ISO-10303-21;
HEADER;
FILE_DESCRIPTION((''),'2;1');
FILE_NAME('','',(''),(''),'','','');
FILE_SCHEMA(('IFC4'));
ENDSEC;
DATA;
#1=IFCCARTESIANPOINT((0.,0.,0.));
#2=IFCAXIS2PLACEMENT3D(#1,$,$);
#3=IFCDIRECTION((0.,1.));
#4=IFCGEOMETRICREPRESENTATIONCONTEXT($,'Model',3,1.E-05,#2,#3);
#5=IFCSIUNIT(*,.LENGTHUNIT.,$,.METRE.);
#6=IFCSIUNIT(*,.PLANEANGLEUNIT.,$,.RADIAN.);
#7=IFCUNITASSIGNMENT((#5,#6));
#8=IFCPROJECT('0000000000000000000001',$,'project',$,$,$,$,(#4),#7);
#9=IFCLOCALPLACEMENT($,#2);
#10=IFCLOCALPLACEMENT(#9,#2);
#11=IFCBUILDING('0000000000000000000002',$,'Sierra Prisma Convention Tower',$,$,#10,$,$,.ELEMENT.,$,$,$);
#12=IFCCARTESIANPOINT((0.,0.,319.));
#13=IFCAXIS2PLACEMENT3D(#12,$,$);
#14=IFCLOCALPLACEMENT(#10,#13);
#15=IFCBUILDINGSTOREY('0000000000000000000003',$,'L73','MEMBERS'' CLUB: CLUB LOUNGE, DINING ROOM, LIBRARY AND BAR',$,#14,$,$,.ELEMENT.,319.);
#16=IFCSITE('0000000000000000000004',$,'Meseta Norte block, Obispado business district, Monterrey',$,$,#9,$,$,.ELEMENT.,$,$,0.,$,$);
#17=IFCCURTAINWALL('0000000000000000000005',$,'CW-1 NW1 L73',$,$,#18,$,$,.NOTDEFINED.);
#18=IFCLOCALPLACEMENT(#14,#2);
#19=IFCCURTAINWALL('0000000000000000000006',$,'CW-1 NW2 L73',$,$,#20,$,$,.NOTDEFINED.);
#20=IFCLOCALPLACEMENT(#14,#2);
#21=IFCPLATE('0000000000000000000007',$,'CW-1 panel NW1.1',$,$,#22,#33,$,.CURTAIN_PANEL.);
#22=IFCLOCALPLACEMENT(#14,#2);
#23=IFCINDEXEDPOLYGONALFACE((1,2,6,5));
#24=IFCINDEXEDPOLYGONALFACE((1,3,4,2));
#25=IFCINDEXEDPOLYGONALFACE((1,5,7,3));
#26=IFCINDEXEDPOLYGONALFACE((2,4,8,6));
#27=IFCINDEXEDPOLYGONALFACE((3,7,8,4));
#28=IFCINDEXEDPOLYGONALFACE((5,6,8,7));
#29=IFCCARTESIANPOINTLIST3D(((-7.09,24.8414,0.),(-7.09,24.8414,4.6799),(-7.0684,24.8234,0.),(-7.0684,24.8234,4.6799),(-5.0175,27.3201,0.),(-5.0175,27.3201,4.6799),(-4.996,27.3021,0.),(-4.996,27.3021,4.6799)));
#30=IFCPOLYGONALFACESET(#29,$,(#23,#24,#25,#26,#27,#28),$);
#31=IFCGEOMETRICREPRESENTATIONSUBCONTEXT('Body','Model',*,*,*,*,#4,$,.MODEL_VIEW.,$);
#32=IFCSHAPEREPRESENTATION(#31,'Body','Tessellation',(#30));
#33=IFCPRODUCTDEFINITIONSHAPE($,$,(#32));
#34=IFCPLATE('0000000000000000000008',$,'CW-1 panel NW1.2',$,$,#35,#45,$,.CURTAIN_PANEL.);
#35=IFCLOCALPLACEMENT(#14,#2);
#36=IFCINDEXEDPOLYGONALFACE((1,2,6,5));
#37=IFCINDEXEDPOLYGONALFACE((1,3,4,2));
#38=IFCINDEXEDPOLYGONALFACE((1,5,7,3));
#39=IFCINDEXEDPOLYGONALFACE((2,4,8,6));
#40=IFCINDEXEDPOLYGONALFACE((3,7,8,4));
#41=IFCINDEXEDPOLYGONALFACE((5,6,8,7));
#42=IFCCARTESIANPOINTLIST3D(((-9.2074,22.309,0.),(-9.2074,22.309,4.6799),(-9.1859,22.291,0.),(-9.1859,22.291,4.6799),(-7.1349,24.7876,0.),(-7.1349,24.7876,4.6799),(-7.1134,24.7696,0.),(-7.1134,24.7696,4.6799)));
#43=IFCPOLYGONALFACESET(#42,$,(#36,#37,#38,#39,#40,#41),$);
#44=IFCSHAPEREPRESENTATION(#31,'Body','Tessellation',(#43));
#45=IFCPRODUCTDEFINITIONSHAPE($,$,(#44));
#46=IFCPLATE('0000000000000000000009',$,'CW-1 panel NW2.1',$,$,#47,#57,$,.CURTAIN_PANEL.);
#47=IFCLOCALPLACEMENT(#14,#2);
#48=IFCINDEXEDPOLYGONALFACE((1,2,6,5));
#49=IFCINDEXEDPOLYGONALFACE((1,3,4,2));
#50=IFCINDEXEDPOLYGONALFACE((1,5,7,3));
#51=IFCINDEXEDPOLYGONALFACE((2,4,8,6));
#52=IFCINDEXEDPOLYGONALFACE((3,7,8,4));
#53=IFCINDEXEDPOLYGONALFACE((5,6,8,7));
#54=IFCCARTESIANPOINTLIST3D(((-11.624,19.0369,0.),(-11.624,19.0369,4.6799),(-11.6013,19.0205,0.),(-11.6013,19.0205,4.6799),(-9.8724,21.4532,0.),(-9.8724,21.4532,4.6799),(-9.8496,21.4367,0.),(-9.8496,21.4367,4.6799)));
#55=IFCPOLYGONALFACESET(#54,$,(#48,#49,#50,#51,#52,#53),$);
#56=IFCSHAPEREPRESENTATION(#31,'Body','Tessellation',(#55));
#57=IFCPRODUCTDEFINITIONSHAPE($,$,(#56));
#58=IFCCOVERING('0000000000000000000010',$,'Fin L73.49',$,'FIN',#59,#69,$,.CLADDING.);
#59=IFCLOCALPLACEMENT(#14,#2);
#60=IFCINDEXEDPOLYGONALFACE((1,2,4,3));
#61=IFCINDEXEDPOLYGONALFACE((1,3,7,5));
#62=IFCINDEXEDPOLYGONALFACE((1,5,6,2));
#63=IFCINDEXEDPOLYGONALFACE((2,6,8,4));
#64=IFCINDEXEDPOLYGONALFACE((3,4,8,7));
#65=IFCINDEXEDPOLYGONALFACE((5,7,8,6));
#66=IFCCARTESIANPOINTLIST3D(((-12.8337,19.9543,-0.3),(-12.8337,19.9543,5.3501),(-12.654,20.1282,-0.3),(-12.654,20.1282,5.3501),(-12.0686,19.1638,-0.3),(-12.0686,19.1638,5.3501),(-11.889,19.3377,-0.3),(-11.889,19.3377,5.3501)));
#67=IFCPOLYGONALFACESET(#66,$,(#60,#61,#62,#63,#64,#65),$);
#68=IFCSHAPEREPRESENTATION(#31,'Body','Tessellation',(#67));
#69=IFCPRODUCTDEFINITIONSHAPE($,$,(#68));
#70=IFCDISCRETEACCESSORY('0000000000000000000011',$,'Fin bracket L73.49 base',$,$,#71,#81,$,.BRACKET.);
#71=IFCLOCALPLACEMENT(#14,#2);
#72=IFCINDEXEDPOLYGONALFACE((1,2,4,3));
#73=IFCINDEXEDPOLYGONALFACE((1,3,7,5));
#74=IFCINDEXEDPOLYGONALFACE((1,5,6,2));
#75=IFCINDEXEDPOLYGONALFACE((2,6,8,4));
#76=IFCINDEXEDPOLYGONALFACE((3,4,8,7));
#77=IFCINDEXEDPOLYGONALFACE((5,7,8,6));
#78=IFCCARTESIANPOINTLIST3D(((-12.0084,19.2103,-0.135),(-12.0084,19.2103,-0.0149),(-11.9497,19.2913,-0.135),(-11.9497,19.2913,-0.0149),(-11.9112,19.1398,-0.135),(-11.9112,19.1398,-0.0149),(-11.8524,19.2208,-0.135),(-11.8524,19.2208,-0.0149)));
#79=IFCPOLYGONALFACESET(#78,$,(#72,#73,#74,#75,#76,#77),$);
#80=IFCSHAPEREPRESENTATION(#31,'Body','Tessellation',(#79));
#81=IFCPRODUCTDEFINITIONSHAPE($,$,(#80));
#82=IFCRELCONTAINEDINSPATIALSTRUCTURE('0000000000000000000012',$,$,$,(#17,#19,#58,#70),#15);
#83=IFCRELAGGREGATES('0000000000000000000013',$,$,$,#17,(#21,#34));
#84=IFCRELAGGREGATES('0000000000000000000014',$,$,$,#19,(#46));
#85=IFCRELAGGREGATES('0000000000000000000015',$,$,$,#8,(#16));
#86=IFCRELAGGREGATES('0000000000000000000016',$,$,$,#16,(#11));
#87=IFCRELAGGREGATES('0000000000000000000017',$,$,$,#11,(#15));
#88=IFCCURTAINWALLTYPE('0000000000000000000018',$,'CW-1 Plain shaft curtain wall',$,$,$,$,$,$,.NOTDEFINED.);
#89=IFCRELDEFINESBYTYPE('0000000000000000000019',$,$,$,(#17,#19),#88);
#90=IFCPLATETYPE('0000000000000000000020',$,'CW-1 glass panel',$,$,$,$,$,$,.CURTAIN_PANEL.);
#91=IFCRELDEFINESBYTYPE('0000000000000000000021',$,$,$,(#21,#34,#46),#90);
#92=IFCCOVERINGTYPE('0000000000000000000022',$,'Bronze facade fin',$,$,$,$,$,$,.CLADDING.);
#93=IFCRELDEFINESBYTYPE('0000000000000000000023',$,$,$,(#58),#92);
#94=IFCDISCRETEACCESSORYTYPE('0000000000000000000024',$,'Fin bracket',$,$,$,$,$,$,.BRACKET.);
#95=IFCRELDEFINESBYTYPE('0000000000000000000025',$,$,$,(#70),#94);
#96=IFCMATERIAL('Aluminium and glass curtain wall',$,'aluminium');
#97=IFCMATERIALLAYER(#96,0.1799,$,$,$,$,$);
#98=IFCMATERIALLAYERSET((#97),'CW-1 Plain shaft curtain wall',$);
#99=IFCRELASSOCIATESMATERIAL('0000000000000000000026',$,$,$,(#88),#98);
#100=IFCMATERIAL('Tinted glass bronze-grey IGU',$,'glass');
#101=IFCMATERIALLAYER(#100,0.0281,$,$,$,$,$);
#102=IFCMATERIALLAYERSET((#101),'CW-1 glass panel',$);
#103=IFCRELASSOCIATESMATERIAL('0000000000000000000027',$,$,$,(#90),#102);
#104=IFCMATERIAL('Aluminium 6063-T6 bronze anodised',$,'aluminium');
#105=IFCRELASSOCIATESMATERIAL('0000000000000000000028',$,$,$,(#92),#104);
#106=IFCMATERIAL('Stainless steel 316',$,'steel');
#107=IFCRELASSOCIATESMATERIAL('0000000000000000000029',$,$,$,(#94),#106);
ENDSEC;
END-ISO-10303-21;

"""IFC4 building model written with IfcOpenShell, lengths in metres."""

from ifc_helpers import new_model, si_unit, direction, frame, origin, origin_2d, place, context, subcontext, project, spatial, rectangle, extrude, material, layer, layer_set, material_profile, profile_set, type_object, element, aggregate, save


model = new_model("IFC4")

# Units and contexts
model_context = context("Model", 3, precision=1e-05, world=origin(), true_north=direction((0.0, 1.0)))
body_context = subcontext(model_context, "Body", "Model", "MODEL_VIEW")
ifc_project = project(units=[si_unit("LENGTHUNIT", "METRE"), si_unit("PLANEANGLEUNIT", "RADIAN")], contexts=[model_context])

# Site, building, storey
site_placement = place(None, origin())
site = spatial("IfcSite", under=ifc_project, at=site_placement, Name="Meseta Norte block, Obispado business district, Monterrey", CompositionType="ELEMENT", RefElevation=0.0)
building_placement = place(site_placement, origin())
building = spatial("IfcBuilding", under=site, at=building_placement, Name="Sierra Prisma Convention Tower", CompositionType="ELEMENT")
storey_placement = place(building_placement, frame((0.0, 0.0, 319.0)))
storey = spatial("IfcBuildingStorey", under=building, at=storey_placement, Name="L73", Description="MEMBERS' CLUB: CLUB LOUNGE, DINING ROOM, LIBRARY AND BAR", CompositionType="ELEMENT", Elevation=319.0)

# Shared definitions
ifc_material_1 = material(Name="Aluminium and glass curtain wall", Category="aluminium")
ifc_layer_1 = layer(ifc_material_1, 0.1799)
ifc_layer_set_1 = layer_set([ifc_layer_1], Name="CW-1 Plain shaft curtain wall")
curtain_wall_type = type_object("IfcCurtainWallType", Name="CW-1 Plain shaft curtain wall", PredefinedType="NOTDEFINED", material=ifc_layer_set_1)

# Curtain walls
curtain_wall_1_placement = place(storey_placement, origin())
curtain_wall_1 = element("IfcCurtainWall", 1, at=curtain_wall_1_placement, inside=storey, type_object=curtain_wall_type, Name="CW-1 NW1 L73", PredefinedType="NOTDEFINED")
curtain_wall_2_placement = place(storey_placement, origin())
curtain_wall_2 = element("IfcCurtainWall", 2, at=curtain_wall_2_placement, inside=storey, type_object=curtain_wall_type, Name="CW-1 NW2 L73", PredefinedType="NOTDEFINED")

# Shared definitions
ifc_material_2 = material(Name="Tinted glass bronze-grey IGU", Category="glass")
ifc_layer_2 = layer(ifc_material_2, 0.0281)
ifc_layer_set_2 = layer_set([ifc_layer_2], Name="CW-1 glass panel")
plate_type = type_object("IfcPlateType", Name="CW-1 glass panel", PredefinedType="CURTAIN_PANEL", material=ifc_layer_set_2)

# Plates
plate_1_placement = place(storey_placement, frame((-6.043, 26.0718, 0.0), z_axis=(0.0, 0.0, 1.0), x_axis=(-0.64145, -0.767165, 0.0)))
plate_1 = element("IfcPlate", 3, at=plate_1_placement, type_object=plate_type, Name="CW-1 panel NW1.1", PredefinedType="CURTAIN_PANEL", context=body_context, shape_type="SweptSolid", body=[
    extrude(rectangle(XDim=3.231, YDim=0.0281, at=origin_2d()), origin(), (0.0, 0.0, 1.0), 4.6799),
])
plate_2_placement = place(storey_placement, frame((-8.1604, 23.5393, 0.0), z_axis=(0.0, 0.0, 1.0), x_axis=(-0.64145, -0.767165, 0.0)))
plate_2 = element("IfcPlate", 4, at=plate_2_placement, type_object=plate_type, Name="CW-1 panel NW1.2", PredefinedType="CURTAIN_PANEL", context=body_context, shape_type="SweptSolid", body=[
    extrude(rectangle(XDim=3.231, YDim=0.0281, at=origin_2d()), origin(), (0.0, 0.0, 1.0), 4.6799),
])
aggregate(curtain_wall_1, [plate_1, plate_2])
plate_3_placement = place(storey_placement, frame((-10.7368, 20.2368, 0.0), z_axis=(0.0, 0.0, 1.0), x_axis=(-0.586938, -0.809632, 0.0)))
plate_3 = element("IfcPlate", 5, at=plate_3_placement, type_object=plate_type, Name="CW-1 panel NW2.1", PredefinedType="CURTAIN_PANEL", context=body_context, shape_type="SweptSolid", body=[
    extrude(rectangle(XDim=2.9844, YDim=0.0281, at=origin_2d()), origin(), (0.0, 0.0, 1.0), 4.6799),
])
aggregate(curtain_wall_2, [plate_3])

# Covering
ifc_material_3 = material(Name="Aluminium 6063-T6 bronze anodised", Category="aluminium")
ifc_material_profile_1 = material_profile(ifc_material_3, rectangle(XDim=1.1001, YDim=0.25, at=origin_2d()), Name="ALU FIN 1100x250")
ifc_profile_set_1 = profile_set([ifc_material_profile_1], Name="Aluminium 6063-T6 bronze anodised")
covering_type = type_object("IfcCoveringType", Name="Bronze facade fin", PredefinedType="CLADDING", material=ifc_profile_set_1)
covering_placement = place(storey_placement, frame((-12.3613, 19.646, -0.3), z_axis=(0.0, 0.0, 1.0), x_axis=(-0.695411, 0.718612, 0.0)))
element("IfcCovering", 6, at=covering_placement, inside=storey, type_object=covering_type, Name="Fin L73.49", ObjectType="FIN", PredefinedType="CLADDING", context=body_context, shape_type="SweptSolid", body=[
    extrude(rectangle(XDim=1.1001, YDim=0.25, at=origin_2d()), origin(), (0.0, 0.0, 1.0), 5.6501),
])

# Discrete accessory
ifc_material_4 = material(Name="Stainless steel 316", Category="steel")
discrete_accessory_type = type_object("IfcDiscreteAccessoryType", Name="Fin bracket", PredefinedType="BRACKET", material=ifc_material_4)
discrete_accessory_placement = place(storey_placement, frame((-11.9304, 19.2156, -0.135), z_axis=(0.0, 0.0, 1.0), x_axis=(-0.809632, 0.586938, 0.0)))
element("IfcDiscreteAccessory", 7, at=discrete_accessory_placement, inside=storey, type_object=discrete_accessory_type, Name="Fin bracket L73.49 base", PredefinedType="BRACKET", context=body_context, shape_type="SweptSolid", body=[
    extrude(rectangle(XDim=0.1201, YDim=0.1001, at=origin_2d()), origin(), (0.0, 0.0, 1.0), 0.1201),
])

save(model, "model.ifc")
